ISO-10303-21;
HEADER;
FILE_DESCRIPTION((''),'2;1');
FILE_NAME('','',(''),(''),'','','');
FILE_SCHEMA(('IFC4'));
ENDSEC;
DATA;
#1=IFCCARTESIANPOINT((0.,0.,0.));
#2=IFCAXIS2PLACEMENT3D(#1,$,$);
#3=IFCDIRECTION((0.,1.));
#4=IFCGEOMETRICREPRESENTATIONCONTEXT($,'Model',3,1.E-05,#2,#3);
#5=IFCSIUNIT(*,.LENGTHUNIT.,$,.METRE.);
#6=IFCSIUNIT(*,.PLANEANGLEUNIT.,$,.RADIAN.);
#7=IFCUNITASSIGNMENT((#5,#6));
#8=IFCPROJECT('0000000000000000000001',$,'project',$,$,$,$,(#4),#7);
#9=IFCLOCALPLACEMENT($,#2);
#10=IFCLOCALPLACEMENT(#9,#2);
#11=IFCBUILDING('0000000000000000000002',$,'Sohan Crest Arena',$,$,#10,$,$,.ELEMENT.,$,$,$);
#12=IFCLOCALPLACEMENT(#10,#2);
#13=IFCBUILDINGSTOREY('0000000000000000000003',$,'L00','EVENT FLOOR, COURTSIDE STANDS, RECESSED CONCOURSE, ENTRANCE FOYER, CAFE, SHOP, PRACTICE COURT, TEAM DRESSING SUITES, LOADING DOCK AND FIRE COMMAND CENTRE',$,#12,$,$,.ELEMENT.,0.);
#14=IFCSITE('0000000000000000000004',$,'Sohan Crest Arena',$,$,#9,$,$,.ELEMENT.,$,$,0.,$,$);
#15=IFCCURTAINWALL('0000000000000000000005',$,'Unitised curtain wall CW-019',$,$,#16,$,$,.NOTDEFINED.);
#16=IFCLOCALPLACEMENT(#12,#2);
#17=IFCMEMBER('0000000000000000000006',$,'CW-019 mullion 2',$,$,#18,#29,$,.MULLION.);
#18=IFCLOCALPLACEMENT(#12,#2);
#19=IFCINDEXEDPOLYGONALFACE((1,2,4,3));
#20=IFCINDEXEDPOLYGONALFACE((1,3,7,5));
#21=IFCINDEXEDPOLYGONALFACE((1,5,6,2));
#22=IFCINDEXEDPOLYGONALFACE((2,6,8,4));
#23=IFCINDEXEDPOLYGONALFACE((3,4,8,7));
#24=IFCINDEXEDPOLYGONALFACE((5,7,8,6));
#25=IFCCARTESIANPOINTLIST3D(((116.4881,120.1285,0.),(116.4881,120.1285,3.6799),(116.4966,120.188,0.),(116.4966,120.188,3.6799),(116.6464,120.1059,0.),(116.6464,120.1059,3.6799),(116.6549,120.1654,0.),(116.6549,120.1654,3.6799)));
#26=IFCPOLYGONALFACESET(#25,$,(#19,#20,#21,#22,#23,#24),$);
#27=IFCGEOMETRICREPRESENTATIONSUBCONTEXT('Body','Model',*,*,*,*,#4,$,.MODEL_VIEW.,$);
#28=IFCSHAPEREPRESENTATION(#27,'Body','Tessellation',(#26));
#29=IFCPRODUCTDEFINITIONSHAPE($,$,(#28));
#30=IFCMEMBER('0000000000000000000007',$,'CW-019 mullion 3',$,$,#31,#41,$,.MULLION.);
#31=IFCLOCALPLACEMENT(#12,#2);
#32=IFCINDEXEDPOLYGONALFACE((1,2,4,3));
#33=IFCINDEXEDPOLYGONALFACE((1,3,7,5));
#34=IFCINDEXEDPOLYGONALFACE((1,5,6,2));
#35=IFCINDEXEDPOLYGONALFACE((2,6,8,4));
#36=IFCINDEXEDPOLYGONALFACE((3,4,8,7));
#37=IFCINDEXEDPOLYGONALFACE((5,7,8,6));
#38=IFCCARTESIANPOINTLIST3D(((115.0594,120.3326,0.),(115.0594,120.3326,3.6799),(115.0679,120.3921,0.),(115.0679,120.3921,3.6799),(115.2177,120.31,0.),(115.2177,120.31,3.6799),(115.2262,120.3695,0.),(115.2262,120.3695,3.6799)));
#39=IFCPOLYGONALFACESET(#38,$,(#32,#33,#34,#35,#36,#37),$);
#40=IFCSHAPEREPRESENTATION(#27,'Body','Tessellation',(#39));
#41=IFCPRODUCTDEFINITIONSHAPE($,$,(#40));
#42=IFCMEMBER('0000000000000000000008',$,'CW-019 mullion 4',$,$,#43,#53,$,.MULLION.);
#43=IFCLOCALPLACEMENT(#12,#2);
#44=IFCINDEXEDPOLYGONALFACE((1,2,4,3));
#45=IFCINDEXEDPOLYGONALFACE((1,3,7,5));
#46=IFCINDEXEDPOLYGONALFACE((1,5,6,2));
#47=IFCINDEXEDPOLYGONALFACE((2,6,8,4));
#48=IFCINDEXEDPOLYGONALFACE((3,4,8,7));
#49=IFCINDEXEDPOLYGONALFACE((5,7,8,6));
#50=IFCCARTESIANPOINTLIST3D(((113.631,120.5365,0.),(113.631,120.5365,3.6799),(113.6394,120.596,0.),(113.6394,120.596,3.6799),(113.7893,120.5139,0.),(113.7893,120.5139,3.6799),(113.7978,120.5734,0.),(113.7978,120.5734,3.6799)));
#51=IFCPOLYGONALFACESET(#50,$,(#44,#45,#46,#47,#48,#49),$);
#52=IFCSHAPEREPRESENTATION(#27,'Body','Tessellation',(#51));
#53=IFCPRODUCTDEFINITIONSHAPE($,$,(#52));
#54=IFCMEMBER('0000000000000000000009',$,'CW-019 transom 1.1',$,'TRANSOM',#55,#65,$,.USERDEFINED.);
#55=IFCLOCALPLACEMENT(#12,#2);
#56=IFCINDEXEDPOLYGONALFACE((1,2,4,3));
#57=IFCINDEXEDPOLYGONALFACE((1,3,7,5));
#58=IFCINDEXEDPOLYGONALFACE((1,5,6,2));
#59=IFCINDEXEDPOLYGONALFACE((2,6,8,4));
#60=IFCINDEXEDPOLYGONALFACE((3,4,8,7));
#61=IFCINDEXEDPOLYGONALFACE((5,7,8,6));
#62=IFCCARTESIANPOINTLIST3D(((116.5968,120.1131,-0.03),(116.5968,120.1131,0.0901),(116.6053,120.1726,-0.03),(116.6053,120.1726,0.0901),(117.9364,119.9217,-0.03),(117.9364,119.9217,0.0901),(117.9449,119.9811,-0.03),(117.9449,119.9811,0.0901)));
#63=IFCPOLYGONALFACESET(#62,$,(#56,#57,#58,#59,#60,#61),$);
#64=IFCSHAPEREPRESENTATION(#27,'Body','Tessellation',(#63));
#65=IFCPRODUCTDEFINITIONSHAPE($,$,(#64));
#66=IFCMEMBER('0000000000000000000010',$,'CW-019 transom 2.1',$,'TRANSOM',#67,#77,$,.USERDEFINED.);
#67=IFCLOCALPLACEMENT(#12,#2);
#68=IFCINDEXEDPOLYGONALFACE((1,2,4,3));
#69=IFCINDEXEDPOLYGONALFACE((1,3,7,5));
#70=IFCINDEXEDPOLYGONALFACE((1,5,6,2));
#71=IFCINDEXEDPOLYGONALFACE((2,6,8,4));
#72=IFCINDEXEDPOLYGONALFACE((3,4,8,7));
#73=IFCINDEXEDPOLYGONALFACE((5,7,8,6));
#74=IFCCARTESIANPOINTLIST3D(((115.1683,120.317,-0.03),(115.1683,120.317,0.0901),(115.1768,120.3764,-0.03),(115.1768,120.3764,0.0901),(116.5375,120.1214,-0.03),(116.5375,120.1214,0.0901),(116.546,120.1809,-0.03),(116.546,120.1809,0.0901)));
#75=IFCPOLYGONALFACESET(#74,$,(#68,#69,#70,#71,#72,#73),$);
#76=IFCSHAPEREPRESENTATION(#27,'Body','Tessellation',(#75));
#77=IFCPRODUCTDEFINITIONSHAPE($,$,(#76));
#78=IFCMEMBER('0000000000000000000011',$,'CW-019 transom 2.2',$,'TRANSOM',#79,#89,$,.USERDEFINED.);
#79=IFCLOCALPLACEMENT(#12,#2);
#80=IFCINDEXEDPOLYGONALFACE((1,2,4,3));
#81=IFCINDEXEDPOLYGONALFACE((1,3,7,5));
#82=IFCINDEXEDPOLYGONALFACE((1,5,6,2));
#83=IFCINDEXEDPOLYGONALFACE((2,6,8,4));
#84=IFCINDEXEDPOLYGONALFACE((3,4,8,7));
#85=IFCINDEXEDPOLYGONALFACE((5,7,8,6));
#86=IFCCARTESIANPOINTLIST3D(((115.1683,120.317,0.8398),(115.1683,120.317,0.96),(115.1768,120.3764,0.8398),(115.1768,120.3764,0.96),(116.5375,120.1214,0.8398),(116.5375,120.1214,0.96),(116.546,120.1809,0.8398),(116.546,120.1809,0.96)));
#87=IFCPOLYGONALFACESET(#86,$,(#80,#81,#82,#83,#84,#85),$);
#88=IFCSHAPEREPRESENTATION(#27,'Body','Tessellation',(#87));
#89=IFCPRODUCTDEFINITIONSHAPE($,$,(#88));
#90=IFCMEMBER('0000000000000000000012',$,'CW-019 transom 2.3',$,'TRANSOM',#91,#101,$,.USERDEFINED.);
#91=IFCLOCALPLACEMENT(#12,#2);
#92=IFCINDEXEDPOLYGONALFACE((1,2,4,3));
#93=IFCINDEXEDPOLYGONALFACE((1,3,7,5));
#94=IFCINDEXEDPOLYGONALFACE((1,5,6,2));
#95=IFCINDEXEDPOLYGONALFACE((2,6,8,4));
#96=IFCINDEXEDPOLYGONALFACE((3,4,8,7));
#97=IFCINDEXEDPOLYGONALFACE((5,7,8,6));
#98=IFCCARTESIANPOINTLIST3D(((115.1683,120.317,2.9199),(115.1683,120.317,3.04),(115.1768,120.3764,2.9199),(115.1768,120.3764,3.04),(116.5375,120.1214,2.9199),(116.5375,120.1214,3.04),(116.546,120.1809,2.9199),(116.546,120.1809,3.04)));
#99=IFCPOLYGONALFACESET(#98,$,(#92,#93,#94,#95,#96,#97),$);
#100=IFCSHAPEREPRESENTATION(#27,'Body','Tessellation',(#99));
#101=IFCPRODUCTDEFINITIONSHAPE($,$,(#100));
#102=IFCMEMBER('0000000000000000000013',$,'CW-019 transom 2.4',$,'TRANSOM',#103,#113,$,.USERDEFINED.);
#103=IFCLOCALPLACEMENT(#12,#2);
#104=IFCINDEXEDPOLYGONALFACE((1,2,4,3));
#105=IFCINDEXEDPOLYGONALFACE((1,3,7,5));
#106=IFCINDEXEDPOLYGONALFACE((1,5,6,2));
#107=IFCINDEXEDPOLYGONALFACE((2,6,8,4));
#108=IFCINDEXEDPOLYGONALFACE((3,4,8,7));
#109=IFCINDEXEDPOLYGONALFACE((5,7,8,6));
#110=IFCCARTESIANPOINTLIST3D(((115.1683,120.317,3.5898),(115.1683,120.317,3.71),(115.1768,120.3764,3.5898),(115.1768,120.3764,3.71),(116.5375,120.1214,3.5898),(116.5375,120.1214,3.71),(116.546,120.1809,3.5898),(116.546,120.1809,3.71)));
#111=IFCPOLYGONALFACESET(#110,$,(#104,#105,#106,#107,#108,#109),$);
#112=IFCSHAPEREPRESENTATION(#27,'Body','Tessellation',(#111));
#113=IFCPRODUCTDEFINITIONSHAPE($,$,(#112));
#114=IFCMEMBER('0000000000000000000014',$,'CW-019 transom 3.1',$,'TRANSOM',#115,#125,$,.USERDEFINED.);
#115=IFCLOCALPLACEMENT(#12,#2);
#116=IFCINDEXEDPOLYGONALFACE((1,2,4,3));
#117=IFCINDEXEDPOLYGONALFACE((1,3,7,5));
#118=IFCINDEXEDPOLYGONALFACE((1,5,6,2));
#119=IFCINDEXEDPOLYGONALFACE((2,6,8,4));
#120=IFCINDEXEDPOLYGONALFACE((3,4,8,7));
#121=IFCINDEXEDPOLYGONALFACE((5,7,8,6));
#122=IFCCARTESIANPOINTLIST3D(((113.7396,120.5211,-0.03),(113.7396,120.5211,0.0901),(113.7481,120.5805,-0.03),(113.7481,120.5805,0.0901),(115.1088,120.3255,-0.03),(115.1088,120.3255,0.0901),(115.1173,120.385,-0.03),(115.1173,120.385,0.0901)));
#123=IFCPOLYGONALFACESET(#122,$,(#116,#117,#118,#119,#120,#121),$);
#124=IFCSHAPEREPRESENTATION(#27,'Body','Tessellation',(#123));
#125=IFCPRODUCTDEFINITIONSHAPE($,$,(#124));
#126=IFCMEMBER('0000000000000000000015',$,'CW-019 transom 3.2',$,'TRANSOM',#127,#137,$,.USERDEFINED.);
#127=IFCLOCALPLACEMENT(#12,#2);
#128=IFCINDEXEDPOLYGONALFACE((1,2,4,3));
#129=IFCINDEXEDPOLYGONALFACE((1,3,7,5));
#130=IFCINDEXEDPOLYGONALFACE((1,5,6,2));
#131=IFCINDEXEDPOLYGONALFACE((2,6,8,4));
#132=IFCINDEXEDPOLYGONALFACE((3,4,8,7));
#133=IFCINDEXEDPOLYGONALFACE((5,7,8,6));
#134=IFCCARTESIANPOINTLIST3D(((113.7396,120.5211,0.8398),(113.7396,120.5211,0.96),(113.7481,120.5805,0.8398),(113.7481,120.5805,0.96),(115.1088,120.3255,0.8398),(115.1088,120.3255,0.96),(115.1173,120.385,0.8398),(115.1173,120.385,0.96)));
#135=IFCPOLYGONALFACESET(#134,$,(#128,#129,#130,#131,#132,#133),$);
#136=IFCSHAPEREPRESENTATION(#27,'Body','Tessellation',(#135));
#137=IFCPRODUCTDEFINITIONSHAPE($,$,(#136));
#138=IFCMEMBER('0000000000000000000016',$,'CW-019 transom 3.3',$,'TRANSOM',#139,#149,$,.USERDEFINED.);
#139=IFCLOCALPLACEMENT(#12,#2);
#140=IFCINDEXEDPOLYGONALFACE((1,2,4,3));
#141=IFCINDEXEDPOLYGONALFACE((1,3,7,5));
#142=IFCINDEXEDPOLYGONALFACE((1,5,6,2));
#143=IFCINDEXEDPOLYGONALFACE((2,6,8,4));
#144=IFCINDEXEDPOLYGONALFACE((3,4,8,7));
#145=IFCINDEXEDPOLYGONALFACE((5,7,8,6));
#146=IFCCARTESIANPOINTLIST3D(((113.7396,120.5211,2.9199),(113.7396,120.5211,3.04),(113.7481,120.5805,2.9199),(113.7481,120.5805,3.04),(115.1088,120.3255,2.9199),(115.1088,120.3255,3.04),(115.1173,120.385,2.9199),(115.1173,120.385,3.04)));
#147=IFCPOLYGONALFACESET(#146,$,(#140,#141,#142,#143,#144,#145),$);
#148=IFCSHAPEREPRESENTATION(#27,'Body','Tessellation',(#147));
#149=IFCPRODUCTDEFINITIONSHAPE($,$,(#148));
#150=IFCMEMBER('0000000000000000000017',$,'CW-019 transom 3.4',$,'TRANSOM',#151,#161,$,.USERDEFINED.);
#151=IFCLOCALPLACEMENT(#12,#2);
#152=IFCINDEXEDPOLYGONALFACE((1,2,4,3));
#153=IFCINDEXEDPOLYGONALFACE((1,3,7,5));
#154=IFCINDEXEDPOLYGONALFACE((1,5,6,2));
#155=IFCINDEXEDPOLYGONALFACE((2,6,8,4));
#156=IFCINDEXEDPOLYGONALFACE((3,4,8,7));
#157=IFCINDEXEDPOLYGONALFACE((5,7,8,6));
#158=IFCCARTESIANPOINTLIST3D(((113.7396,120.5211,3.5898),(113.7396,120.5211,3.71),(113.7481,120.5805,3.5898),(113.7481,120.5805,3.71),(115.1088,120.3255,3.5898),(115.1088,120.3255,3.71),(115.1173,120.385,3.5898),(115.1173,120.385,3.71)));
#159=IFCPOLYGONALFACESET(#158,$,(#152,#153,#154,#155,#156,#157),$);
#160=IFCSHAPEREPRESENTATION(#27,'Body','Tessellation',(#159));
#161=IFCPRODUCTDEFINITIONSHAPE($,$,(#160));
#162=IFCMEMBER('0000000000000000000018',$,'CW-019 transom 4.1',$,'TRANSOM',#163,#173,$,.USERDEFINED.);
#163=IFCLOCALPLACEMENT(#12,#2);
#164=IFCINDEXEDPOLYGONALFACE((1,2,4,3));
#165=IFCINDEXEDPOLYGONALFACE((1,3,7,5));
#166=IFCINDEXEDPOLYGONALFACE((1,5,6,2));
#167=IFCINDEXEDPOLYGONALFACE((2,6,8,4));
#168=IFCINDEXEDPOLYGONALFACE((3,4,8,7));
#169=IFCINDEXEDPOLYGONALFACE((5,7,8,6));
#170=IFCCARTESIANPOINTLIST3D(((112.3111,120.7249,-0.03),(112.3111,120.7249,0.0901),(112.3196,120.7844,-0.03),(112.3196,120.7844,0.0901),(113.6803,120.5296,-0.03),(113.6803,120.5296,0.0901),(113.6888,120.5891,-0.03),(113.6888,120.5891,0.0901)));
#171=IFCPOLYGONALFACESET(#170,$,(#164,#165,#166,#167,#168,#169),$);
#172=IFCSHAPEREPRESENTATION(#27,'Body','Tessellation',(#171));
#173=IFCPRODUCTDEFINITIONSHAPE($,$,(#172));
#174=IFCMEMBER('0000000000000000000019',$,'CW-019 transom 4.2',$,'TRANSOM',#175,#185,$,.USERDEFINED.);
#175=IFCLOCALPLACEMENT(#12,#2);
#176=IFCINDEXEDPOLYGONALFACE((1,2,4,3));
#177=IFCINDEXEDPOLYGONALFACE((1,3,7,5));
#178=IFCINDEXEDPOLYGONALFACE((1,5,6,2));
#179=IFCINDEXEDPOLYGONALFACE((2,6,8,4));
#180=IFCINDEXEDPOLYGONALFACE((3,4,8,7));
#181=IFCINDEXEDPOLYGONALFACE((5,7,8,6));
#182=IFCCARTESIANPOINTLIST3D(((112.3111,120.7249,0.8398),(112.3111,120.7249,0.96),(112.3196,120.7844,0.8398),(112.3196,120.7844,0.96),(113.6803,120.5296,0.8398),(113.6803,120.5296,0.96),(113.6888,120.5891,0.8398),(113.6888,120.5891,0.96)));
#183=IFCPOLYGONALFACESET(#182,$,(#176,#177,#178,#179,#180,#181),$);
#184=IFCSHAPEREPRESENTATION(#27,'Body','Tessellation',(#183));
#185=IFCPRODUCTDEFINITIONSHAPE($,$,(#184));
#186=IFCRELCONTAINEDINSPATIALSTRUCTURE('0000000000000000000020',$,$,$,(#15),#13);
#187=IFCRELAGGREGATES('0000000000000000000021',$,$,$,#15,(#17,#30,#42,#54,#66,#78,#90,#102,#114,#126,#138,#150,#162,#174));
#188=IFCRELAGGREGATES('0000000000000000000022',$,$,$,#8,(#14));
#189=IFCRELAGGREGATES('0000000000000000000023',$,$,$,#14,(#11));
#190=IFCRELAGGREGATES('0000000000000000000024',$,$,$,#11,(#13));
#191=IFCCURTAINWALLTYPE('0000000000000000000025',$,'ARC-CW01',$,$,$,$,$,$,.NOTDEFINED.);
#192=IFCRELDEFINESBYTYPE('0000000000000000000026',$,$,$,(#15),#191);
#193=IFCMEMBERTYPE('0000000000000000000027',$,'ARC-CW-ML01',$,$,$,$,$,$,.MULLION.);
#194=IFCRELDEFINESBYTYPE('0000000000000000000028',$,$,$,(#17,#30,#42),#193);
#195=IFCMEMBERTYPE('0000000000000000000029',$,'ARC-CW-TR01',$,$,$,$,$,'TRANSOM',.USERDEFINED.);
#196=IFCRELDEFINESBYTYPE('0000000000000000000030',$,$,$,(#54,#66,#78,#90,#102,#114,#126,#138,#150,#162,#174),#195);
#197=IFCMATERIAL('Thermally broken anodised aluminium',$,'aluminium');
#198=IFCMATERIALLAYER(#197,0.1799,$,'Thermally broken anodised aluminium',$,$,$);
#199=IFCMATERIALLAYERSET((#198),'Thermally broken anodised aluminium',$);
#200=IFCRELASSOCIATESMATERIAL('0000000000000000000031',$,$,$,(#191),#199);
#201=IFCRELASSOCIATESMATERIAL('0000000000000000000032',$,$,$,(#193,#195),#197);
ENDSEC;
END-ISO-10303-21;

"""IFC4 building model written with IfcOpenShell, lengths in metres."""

from ifc_helpers import new_model, si_unit, direction, frame, origin, origin_2d, place, context, subcontext, project, spatial, rectangle, extrude, material, layer, layer_set, material_profile, profile_set, type_object, element, aggregate, save


model = new_model("IFC4")

# Units and contexts
model_context = context("Model", 3, precision=1e-05, world=origin(), true_north=direction((0.0, 1.0)))
body_context = subcontext(model_context, "Body", "Model", "MODEL_VIEW")
ifc_project = project(units=[si_unit("LENGTHUNIT", "METRE"), si_unit("PLANEANGLEUNIT", "RADIAN")], contexts=[model_context])

# Site, building, storey
site_placement = place(None, origin())
site = spatial("IfcSite", under=ifc_project, at=site_placement, Name="Sohan Crest Arena", CompositionType="ELEMENT", RefElevation=0.0)
building_placement = place(site_placement, origin())
building = spatial("IfcBuilding", under=site, at=building_placement, Name="Sohan Crest Arena", CompositionType="ELEMENT")
storey_placement = place(building_placement, origin())
storey = spatial("IfcBuildingStorey", under=building, at=storey_placement, Name="L00", Description="EVENT FLOOR, COURTSIDE STANDS, RECESSED CONCOURSE, ENTRANCE FOYER, CAFE, SHOP, PRACTICE COURT, TEAM DRESSING SUITES, LOADING DOCK AND FIRE COMMAND CENTRE", CompositionType="ELEMENT", Elevation=0.0)

# Curtain wall, members
ifc_material_1 = material(Name="Thermally broken anodised aluminium", Category="aluminium")
ifc_layer_1 = layer(ifc_material_1, 0.1799, Name="Thermally broken anodised aluminium")
ifc_layer_set_1 = layer_set([ifc_layer_1], Name="Thermally broken anodised aluminium")
curtain_wall_type = type_object("IfcCurtainWallType", Name="ARC-CW01", PredefinedType="NOTDEFINED", material=ifc_layer_set_1)
curtain_wall_placement = place(storey_placement, origin())
curtain_wall = element("IfcCurtainWall", 1, at=curtain_wall_placement, inside=storey, type_object=curtain_wall_type, Name="Unitised curtain wall CW-019", PredefinedType="NOTDEFINED")
ifc_material_profile_1 = material_profile(ifc_material_1, rectangle(XDim=0.0601, YDim=0.1599, at=origin_2d()), Name="ALU-MULL 60x160")
ifc_profile_set_1 = profile_set([ifc_material_profile_1], Name="Thermally broken anodised aluminium")
member_type_1 = type_object("IfcMemberType", Name="ARC-CW-ML01", PredefinedType="MULLION", material=ifc_profile_set_1)
member_1_placement = place(storey_placement, frame((116.5715, 120.147, 0.0), z_axis=(0.0, 0.0, 1.0), x_axis=(-0.141366, -0.989957, 0.0)))
member_1 = element("IfcMember", 2, at=member_1_placement, type_object=member_type_1, Name="CW-019 mullion 2", PredefinedType="MULLION", context=body_context, shape_type="SweptSolid", body=[
    extrude(rectangle(XDim=0.0601, YDim=0.1599, at=origin_2d()), origin(), (0.0, 0.0, 1.0), 3.6799),
])
member_2_placement = place(storey_placement, frame((115.1428, 120.3511, 0.0), z_axis=(0.0, 0.0, 1.0), x_axis=(-0.141366, -0.989957, 0.0)))
member_2 = element("IfcMember", 3, at=member_2_placement, type_object=member_type_1, Name="CW-019 mullion 3", PredefinedType="MULLION", context=body_context, shape_type="SweptSolid", body=[
    extrude(rectangle(XDim=0.0601, YDim=0.1599, at=origin_2d()), origin(), (0.0, 0.0, 1.0), 3.6799),
])
member_3_placement = place(storey_placement, frame((113.7144, 120.5549, 0.0), z_axis=(0.0, 0.0, 1.0), x_axis=(-0.141366, -0.989957, 0.0)))
member_3 = element("IfcMember", 4, at=member_3_placement, type_object=member_type_1, Name="CW-019 mullion 4", PredefinedType="MULLION", context=body_context, shape_type="SweptSolid", body=[
    extrude(rectangle(XDim=0.0601, YDim=0.1599, at=origin_2d()), origin(), (0.0, 0.0, 1.0), 3.6799),
])
ifc_material_profile_2 = material_profile(ifc_material_1, rectangle(XDim=0.0601, YDim=0.1201, at=origin_2d()), Name="ALU-TRAN 60x120")
ifc_profile_set_2 = profile_set([ifc_material_profile_2], Name="Thermally broken anodised aluminium")
member_type_2 = type_object("IfcMemberType", Name="ARC-CW-TR01", ElementType="TRANSOM", PredefinedType="USERDEFINED", material=ifc_profile_set_2)
member_4_placement = place(storey_placement, frame((117.9407, 119.9514, 0.03), z_axis=(-0.989946, 0.141447, 0.0), x_axis=(-0.141447, -0.989946, 0.0)))
member_4 = element("IfcMember", 5, at=member_4_placement, type_object=member_type_2, Name="CW-019 transom 1.1", ObjectType="TRANSOM", PredefinedType="USERDEFINED", context=body_context, shape_type="SweptSolid", body=[
    extrude(rectangle(XDim=0.0601, YDim=0.1201, at=origin_2d()), origin(), (0.0, 0.0, 1.0), 1.3533),
])
member_5_placement = place(storey_placement, frame((116.5417, 120.1511, 0.03), z_axis=(-0.989953, 0.141397, 0.0), x_axis=(-0.141397, -0.989953, 0.0)))
member_5 = element("IfcMember", 6, at=member_5_placement, type_object=member_type_2, Name="CW-019 transom 2.1", ObjectType="TRANSOM", PredefinedType="USERDEFINED", context=body_context, shape_type="SweptSolid", body=[
    extrude(rectangle(XDim=0.0601, YDim=0.1201, at=origin_2d()), origin(), (0.0, 0.0, 1.0), 1.3831),
])
member_6_placement = place(storey_placement, frame((116.5417, 120.1511, 0.8999), z_axis=(-0.989953, 0.141397, 0.0), x_axis=(-0.141397, -0.989953, 0.0)))
member_6 = element("IfcMember", 7, at=member_6_placement, type_object=member_type_2, Name="CW-019 transom 2.2", ObjectType="TRANSOM", PredefinedType="USERDEFINED", context=body_context, shape_type="SweptSolid", body=[
    extrude(rectangle(XDim=0.0601, YDim=0.1201, at=origin_2d()), origin(), (0.0, 0.0, 1.0), 1.3831),
])
member_7_placement = place(storey_placement, frame((116.5417, 120.1511, 2.98), z_axis=(-0.989953, 0.141397, 0.0), x_axis=(-0.141397, -0.989953, 0.0)))
member_7 = element("IfcMember", 8, at=member_7_placement, type_object=member_type_2, Name="CW-019 transom 2.3", ObjectType="TRANSOM", PredefinedType="USERDEFINED", context=body_context, shape_type="SweptSolid", body=[
    extrude(rectangle(XDim=0.0601, YDim=0.1201, at=origin_2d()), origin(), (0.0, 0.0, 1.0), 1.3831),
])
member_8_placement = place(storey_placement, frame((116.5417, 120.1511, 3.6499), z_axis=(-0.989953, 0.141397, 0.0), x_axis=(-0.141397, -0.989953, 0.0)))
member_8 = element("IfcMember", 9, at=member_8_placement, type_object=member_type_2, Name="CW-019 transom 2.4", ObjectType="TRANSOM", PredefinedType="USERDEFINED", context=body_context, shape_type="SweptSolid", body=[
    extrude(rectangle(XDim=0.0601, YDim=0.1201, at=origin_2d()), origin(), (0.0, 0.0, 1.0), 1.3831),
])
member_9_placement = place(storey_placement, frame((115.113, 120.3552, 0.03), z_axis=(-0.989953, 0.141397, 0.0), x_axis=(-0.141397, -0.989953, 0.0)))
member_9 = element("IfcMember", 10, at=member_9_placement, type_object=member_type_2, Name="CW-019 transom 3.1", ObjectType="TRANSOM", PredefinedType="USERDEFINED", context=body_context, shape_type="SweptSolid", body=[
    extrude(rectangle(XDim=0.0601, YDim=0.1201, at=origin_2d()), origin(), (0.0, 0.0, 1.0), 1.3831),
])
member_10_placement = place(storey_placement, frame((115.113, 120.3552, 0.8999), z_axis=(-0.989953, 0.141397, 0.0), x_axis=(-0.141397, -0.989953, 0.0)))
member_10 = element("IfcMember", 11, at=member_10_placement, type_object=member_type_2, Name="CW-019 transom 3.2", ObjectType="TRANSOM", PredefinedType="USERDEFINED", context=body_context, shape_type="SweptSolid", body=[
    extrude(rectangle(XDim=0.0601, YDim=0.1201, at=origin_2d()), origin(), (0.0, 0.0, 1.0), 1.3831),
])
member_11_placement = place(storey_placement, frame((115.113, 120.3552, 2.98), z_axis=(-0.989953, 0.141397, 0.0), x_axis=(-0.141397, -0.989953, 0.0)))
member_11 = element("IfcMember", 12, at=member_11_placement, type_object=member_type_2, Name="CW-019 transom 3.3", ObjectType="TRANSOM", PredefinedType="USERDEFINED", context=body_context, shape_type="SweptSolid", body=[
    extrude(rectangle(XDim=0.0601, YDim=0.1201, at=origin_2d()), origin(), (0.0, 0.0, 1.0), 1.3831),
])
member_12_placement = place(storey_placement, frame((115.113, 120.3552, 3.6499), z_axis=(-0.989953, 0.141397, 0.0), x_axis=(-0.141397, -0.989953, 0.0)))
member_12 = element("IfcMember", 13, at=member_12_placement, type_object=member_type_2, Name="CW-019 transom 3.4", ObjectType="TRANSOM", PredefinedType="USERDEFINED", context=body_context, shape_type="SweptSolid", body=[
    extrude(rectangle(XDim=0.0601, YDim=0.1201, at=origin_2d()), origin(), (0.0, 0.0, 1.0), 1.3831),
])
member_13_placement = place(storey_placement, frame((113.6846, 120.5593, 0.03), z_axis=(-0.989978, 0.141224, 0.0), x_axis=(-0.141224, -0.989978, 0.0)))
member_13 = element("IfcMember", 14, at=member_13_placement, type_object=member_type_2, Name="CW-019 transom 4.1", ObjectType="TRANSOM", PredefinedType="USERDEFINED", context=body_context, shape_type="SweptSolid", body=[
    extrude(rectangle(XDim=0.0601, YDim=0.1201, at=origin_2d()), origin(), (0.0, 0.0, 1.0), 1.3831),
])
member_14_placement = place(storey_placement, frame((113.6846, 120.5593, 0.8999), z_axis=(-0.989978, 0.141224, 0.0), x_axis=(-0.141224, -0.989978, 0.0)))
member_14 = element("IfcMember", 15, at=member_14_placement, type_object=member_type_2, Name="CW-019 transom 4.2", ObjectType="TRANSOM", PredefinedType="USERDEFINED", context=body_context, shape_type="SweptSolid", body=[
    extrude(rectangle(XDim=0.0601, YDim=0.1201, at=origin_2d()), origin(), (0.0, 0.0, 1.0), 1.3831),
])

aggregate(curtain_wall, [member_1, member_2, member_3, member_4, member_5, member_6, member_7, member_8, member_9, member_10, member_11, member_12, member_13, member_14])

save(model, "model.ifc")
